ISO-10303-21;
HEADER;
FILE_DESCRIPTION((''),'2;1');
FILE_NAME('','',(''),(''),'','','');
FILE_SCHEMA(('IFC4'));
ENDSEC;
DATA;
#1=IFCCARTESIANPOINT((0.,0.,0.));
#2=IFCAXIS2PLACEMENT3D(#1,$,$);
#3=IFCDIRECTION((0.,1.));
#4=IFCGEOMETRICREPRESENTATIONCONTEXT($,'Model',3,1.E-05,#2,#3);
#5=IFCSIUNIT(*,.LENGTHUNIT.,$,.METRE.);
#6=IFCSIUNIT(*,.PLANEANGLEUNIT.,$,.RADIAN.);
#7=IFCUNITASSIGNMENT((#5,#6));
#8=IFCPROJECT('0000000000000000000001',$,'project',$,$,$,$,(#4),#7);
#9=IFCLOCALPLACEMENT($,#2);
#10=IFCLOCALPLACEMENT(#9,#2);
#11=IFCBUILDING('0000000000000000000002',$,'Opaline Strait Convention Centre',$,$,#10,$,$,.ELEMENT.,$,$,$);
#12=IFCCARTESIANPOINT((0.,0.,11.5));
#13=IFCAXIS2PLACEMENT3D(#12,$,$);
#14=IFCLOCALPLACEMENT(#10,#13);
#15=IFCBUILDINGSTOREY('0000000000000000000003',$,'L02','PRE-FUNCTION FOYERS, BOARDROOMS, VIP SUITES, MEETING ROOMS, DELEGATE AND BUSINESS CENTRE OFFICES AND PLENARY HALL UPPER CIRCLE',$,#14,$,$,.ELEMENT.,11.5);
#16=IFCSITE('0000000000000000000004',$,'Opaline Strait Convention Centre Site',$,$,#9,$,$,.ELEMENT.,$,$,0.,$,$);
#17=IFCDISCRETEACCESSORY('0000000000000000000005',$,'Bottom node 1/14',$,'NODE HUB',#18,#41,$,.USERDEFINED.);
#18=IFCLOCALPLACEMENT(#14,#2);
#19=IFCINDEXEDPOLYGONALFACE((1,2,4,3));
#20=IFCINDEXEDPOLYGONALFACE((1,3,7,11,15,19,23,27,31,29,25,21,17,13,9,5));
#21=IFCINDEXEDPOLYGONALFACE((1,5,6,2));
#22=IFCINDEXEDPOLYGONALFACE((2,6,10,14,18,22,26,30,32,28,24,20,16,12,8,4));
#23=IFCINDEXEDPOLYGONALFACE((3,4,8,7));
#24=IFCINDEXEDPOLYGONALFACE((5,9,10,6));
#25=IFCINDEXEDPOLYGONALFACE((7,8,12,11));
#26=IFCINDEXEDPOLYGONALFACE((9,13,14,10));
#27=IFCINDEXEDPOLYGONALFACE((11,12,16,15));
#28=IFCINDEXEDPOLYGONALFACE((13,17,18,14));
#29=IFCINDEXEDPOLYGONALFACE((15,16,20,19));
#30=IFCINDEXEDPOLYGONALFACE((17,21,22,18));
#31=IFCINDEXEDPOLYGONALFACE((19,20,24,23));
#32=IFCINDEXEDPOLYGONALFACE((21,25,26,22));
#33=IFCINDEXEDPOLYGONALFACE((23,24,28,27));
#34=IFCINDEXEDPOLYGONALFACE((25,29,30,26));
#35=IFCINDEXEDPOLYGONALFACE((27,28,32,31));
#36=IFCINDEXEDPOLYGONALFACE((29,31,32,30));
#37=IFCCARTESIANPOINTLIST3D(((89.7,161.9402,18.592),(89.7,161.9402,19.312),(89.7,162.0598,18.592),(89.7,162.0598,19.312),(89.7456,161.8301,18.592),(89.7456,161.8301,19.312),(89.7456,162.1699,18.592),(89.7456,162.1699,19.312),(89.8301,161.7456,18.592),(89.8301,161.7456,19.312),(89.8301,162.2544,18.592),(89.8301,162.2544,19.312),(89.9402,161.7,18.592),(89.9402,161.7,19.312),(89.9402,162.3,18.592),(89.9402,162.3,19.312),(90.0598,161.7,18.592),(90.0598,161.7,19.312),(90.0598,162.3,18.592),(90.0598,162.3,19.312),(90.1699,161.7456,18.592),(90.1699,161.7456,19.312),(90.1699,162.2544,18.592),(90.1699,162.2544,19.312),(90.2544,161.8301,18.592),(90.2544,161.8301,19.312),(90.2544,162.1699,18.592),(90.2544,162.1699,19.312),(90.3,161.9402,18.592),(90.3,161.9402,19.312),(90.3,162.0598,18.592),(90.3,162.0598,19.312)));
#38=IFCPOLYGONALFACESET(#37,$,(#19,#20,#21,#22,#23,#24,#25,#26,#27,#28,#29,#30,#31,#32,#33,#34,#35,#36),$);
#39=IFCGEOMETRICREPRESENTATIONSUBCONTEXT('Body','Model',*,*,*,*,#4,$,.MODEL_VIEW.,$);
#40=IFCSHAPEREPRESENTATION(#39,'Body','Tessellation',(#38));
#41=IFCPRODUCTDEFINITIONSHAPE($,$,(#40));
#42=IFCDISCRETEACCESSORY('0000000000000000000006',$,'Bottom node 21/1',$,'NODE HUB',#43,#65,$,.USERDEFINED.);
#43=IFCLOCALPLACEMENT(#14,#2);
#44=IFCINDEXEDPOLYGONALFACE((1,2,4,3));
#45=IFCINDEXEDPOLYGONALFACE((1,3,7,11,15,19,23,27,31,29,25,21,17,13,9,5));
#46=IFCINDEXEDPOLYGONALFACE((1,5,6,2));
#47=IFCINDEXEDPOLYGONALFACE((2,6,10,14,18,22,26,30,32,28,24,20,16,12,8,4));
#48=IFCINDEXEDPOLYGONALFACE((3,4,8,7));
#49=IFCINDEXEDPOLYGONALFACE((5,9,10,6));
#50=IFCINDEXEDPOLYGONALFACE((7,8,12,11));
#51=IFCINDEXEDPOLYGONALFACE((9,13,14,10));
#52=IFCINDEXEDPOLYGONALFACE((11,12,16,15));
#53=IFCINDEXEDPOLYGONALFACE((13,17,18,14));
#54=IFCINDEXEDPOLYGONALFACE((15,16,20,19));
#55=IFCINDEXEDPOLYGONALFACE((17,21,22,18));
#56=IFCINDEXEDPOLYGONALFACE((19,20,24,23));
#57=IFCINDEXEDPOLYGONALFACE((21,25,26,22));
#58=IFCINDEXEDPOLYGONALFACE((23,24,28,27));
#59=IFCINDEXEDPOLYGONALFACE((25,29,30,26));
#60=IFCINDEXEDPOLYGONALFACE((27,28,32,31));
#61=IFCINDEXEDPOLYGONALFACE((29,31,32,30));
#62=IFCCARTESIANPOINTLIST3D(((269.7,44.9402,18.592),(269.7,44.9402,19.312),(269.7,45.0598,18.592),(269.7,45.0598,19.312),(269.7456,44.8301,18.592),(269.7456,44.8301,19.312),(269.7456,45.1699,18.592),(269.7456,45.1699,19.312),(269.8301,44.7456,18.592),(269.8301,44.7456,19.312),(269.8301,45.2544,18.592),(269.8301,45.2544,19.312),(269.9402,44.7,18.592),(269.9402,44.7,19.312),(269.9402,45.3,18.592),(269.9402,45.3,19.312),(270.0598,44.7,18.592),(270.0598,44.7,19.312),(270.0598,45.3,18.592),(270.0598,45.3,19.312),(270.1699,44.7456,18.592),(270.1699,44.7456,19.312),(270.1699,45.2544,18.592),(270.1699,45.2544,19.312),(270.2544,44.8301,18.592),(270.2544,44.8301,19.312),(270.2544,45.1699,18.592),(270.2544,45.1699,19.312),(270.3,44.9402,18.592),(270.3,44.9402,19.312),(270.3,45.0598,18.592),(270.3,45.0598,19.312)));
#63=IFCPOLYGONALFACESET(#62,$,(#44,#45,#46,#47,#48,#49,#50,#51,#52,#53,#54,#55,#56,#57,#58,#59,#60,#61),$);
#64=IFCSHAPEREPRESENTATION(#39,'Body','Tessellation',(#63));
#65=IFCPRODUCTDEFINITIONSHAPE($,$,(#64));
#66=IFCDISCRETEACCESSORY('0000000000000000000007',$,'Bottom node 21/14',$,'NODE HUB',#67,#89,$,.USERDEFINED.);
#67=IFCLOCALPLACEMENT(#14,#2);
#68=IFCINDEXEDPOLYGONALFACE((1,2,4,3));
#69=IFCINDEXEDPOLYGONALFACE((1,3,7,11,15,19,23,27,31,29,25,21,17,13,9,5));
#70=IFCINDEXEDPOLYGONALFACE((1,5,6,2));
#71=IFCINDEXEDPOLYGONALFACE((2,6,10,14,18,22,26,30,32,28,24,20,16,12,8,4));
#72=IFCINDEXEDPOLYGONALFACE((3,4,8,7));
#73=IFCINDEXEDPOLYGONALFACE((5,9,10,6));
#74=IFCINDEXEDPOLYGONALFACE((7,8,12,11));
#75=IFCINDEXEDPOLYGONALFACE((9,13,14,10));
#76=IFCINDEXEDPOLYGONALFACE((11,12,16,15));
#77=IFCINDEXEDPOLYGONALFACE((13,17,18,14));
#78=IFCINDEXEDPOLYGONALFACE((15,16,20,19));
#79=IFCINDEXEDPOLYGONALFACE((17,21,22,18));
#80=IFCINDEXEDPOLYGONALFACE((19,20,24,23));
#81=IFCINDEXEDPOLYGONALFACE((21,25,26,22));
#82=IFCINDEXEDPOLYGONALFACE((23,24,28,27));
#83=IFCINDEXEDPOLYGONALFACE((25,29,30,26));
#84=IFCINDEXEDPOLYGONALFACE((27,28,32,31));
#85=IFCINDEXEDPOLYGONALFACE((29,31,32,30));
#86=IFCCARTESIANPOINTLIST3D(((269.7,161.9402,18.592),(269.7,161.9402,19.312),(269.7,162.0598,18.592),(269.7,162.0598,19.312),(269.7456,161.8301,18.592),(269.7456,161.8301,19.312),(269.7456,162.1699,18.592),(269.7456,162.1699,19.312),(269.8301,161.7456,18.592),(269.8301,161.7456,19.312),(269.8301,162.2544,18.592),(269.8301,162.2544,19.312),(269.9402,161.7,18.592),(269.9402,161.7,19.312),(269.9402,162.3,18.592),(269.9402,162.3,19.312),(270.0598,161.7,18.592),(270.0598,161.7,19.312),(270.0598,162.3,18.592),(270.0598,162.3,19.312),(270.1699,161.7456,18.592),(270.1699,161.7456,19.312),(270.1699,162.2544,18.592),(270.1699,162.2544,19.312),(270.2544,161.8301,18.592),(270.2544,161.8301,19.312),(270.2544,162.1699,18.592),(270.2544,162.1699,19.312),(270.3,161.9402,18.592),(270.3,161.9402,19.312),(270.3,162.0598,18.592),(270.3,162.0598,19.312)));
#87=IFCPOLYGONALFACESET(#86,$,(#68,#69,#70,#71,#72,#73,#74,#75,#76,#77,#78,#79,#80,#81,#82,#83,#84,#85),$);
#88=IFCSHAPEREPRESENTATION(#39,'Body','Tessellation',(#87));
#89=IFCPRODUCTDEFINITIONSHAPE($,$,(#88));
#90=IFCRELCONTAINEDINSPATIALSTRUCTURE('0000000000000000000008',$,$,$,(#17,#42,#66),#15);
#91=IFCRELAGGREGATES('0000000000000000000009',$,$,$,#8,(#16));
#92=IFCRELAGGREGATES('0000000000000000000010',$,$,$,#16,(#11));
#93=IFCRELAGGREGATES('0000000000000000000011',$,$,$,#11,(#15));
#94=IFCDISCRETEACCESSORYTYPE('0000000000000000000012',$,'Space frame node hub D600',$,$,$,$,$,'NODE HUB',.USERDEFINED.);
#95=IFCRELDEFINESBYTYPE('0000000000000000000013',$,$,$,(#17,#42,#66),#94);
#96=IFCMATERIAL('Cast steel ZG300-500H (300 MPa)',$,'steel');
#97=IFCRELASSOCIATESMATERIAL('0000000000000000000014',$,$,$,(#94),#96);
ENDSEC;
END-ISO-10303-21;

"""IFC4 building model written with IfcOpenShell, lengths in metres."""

from ifc_helpers import new_model, si_unit, direction, frame, origin, place, context, subcontext, project, spatial, polyline, outline, extrude, material, type_object, element, save


model = new_model("IFC4")

# Units and contexts
model_context = context("Model", 3, precision=1e-05, world=origin(), true_north=direction((0.0, 1.0)))
body_context = subcontext(model_context, "Body", "Model", "MODEL_VIEW")
ifc_project = project(units=[si_unit("LENGTHUNIT", "METRE"), si_unit("PLANEANGLEUNIT", "RADIAN")], contexts=[model_context])

# Site, building, storey
site_placement = place(None, origin())
site = spatial("IfcSite", under=ifc_project, at=site_placement, Name="Opaline Strait Convention Centre Site", CompositionType="ELEMENT", RefElevation=0.0)
building_placement = place(site_placement, origin())
building = spatial("IfcBuilding", under=site, at=building_placement, Name="Opaline Strait Convention Centre", CompositionType="ELEMENT")
storey_placement = place(building_placement, frame((0.0, 0.0, 11.5)))
storey = spatial("IfcBuildingStorey", under=building, at=storey_placement, Name="L02", Description="PRE-FUNCTION FOYERS, BOARDROOMS, VIP SUITES, MEETING ROOMS, DELEGATE AND BUSINESS CENTRE OFFICES AND PLENARY HALL UPPER CIRCLE", CompositionType="ELEMENT", Elevation=11.5)

# Discrete accessories
ifc_material = material(Name="Cast steel ZG300-500H (300 MPa)", Category="steel")
discrete_accessory_type_1 = type_object("IfcDiscreteAccessoryType", Name="Space frame node hub D600", ElementType="NODE HUB", PredefinedType="USERDEFINED", material=ifc_material)
discrete_accessory_1_placement = place(storey_placement, frame((0.0, 0.0, 18.592)))
element("IfcDiscreteAccessory", 1, at=discrete_accessory_1_placement, inside=storey, type_object=discrete_accessory_type_1, Name="Bottom node 1/14", ObjectType="NODE HUB", PredefinedType="USERDEFINED", context=body_context, shape_type="SweptSolid", body=[
    extrude(outline(polyline([(90.3, 162.0598), (90.2544, 162.1699), (90.1699, 162.2544), (90.0598, 162.3), (89.9402, 162.3), (89.8301, 162.2544), (89.7456, 162.1699), (89.7, 162.0598), (89.7, 161.9402), (89.7456, 161.8301), (89.8301, 161.7456), (89.9402, 161.7), (90.0598, 161.7), (90.1699, 161.7456), (90.2544, 161.8301), (90.3, 161.9402), (90.3, 162.0598)])), origin(), (0.0, 0.0, 1.0), 0.72),
])
discrete_accessory_2_placement = place(storey_placement, frame((0.0, 0.0, 18.592)))
element("IfcDiscreteAccessory", 2, at=discrete_accessory_2_placement, inside=storey, type_object=discrete_accessory_type_1, Name="Bottom node 21/1", ObjectType="NODE HUB", PredefinedType="USERDEFINED", context=body_context, shape_type="SweptSolid", body=[
    extrude(outline(polyline([(270.3, 45.0598), (270.2544, 45.1699), (270.1699, 45.2544), (270.0598, 45.3), (269.9402, 45.3), (269.8301, 45.2544), (269.7456, 45.1699), (269.7, 45.0598), (269.7, 44.9402), (269.7456, 44.8301), (269.8301, 44.7456), (269.9402, 44.7), (270.0598, 44.7), (270.1699, 44.7456), (270.2544, 44.8301), (270.3, 44.9402), (270.3, 45.0598)])), origin(), (0.0, 0.0, 1.0), 0.72),
])
discrete_accessory_3_placement = place(storey_placement, frame((0.0, 0.0, 18.592)))
element("IfcDiscreteAccessory", 3, at=discrete_accessory_3_placement, inside=storey, type_object=discrete_accessory_type_1, Name="Bottom node 21/14", ObjectType="NODE HUB", PredefinedType="USERDEFINED", context=body_context, shape_type="SweptSolid", body=[
    extrude(outline(polyline([(270.3, 162.0598), (270.2544, 162.1699), (270.1699, 162.2544), (270.0598, 162.3), (269.9402, 162.3), (269.8301, 162.2544), (269.7456, 162.1699), (269.7, 162.0598), (269.7, 161.9402), (269.7456, 161.8301), (269.8301, 161.7456), (269.9402, 161.7), (270.0598, 161.7), (270.1699, 161.7456), (270.2544, 161.8301), (270.3, 161.9402), (270.3, 162.0598)])), origin(), (0.0, 0.0, 1.0), 0.72),
])

save(model, "model.ifc")
